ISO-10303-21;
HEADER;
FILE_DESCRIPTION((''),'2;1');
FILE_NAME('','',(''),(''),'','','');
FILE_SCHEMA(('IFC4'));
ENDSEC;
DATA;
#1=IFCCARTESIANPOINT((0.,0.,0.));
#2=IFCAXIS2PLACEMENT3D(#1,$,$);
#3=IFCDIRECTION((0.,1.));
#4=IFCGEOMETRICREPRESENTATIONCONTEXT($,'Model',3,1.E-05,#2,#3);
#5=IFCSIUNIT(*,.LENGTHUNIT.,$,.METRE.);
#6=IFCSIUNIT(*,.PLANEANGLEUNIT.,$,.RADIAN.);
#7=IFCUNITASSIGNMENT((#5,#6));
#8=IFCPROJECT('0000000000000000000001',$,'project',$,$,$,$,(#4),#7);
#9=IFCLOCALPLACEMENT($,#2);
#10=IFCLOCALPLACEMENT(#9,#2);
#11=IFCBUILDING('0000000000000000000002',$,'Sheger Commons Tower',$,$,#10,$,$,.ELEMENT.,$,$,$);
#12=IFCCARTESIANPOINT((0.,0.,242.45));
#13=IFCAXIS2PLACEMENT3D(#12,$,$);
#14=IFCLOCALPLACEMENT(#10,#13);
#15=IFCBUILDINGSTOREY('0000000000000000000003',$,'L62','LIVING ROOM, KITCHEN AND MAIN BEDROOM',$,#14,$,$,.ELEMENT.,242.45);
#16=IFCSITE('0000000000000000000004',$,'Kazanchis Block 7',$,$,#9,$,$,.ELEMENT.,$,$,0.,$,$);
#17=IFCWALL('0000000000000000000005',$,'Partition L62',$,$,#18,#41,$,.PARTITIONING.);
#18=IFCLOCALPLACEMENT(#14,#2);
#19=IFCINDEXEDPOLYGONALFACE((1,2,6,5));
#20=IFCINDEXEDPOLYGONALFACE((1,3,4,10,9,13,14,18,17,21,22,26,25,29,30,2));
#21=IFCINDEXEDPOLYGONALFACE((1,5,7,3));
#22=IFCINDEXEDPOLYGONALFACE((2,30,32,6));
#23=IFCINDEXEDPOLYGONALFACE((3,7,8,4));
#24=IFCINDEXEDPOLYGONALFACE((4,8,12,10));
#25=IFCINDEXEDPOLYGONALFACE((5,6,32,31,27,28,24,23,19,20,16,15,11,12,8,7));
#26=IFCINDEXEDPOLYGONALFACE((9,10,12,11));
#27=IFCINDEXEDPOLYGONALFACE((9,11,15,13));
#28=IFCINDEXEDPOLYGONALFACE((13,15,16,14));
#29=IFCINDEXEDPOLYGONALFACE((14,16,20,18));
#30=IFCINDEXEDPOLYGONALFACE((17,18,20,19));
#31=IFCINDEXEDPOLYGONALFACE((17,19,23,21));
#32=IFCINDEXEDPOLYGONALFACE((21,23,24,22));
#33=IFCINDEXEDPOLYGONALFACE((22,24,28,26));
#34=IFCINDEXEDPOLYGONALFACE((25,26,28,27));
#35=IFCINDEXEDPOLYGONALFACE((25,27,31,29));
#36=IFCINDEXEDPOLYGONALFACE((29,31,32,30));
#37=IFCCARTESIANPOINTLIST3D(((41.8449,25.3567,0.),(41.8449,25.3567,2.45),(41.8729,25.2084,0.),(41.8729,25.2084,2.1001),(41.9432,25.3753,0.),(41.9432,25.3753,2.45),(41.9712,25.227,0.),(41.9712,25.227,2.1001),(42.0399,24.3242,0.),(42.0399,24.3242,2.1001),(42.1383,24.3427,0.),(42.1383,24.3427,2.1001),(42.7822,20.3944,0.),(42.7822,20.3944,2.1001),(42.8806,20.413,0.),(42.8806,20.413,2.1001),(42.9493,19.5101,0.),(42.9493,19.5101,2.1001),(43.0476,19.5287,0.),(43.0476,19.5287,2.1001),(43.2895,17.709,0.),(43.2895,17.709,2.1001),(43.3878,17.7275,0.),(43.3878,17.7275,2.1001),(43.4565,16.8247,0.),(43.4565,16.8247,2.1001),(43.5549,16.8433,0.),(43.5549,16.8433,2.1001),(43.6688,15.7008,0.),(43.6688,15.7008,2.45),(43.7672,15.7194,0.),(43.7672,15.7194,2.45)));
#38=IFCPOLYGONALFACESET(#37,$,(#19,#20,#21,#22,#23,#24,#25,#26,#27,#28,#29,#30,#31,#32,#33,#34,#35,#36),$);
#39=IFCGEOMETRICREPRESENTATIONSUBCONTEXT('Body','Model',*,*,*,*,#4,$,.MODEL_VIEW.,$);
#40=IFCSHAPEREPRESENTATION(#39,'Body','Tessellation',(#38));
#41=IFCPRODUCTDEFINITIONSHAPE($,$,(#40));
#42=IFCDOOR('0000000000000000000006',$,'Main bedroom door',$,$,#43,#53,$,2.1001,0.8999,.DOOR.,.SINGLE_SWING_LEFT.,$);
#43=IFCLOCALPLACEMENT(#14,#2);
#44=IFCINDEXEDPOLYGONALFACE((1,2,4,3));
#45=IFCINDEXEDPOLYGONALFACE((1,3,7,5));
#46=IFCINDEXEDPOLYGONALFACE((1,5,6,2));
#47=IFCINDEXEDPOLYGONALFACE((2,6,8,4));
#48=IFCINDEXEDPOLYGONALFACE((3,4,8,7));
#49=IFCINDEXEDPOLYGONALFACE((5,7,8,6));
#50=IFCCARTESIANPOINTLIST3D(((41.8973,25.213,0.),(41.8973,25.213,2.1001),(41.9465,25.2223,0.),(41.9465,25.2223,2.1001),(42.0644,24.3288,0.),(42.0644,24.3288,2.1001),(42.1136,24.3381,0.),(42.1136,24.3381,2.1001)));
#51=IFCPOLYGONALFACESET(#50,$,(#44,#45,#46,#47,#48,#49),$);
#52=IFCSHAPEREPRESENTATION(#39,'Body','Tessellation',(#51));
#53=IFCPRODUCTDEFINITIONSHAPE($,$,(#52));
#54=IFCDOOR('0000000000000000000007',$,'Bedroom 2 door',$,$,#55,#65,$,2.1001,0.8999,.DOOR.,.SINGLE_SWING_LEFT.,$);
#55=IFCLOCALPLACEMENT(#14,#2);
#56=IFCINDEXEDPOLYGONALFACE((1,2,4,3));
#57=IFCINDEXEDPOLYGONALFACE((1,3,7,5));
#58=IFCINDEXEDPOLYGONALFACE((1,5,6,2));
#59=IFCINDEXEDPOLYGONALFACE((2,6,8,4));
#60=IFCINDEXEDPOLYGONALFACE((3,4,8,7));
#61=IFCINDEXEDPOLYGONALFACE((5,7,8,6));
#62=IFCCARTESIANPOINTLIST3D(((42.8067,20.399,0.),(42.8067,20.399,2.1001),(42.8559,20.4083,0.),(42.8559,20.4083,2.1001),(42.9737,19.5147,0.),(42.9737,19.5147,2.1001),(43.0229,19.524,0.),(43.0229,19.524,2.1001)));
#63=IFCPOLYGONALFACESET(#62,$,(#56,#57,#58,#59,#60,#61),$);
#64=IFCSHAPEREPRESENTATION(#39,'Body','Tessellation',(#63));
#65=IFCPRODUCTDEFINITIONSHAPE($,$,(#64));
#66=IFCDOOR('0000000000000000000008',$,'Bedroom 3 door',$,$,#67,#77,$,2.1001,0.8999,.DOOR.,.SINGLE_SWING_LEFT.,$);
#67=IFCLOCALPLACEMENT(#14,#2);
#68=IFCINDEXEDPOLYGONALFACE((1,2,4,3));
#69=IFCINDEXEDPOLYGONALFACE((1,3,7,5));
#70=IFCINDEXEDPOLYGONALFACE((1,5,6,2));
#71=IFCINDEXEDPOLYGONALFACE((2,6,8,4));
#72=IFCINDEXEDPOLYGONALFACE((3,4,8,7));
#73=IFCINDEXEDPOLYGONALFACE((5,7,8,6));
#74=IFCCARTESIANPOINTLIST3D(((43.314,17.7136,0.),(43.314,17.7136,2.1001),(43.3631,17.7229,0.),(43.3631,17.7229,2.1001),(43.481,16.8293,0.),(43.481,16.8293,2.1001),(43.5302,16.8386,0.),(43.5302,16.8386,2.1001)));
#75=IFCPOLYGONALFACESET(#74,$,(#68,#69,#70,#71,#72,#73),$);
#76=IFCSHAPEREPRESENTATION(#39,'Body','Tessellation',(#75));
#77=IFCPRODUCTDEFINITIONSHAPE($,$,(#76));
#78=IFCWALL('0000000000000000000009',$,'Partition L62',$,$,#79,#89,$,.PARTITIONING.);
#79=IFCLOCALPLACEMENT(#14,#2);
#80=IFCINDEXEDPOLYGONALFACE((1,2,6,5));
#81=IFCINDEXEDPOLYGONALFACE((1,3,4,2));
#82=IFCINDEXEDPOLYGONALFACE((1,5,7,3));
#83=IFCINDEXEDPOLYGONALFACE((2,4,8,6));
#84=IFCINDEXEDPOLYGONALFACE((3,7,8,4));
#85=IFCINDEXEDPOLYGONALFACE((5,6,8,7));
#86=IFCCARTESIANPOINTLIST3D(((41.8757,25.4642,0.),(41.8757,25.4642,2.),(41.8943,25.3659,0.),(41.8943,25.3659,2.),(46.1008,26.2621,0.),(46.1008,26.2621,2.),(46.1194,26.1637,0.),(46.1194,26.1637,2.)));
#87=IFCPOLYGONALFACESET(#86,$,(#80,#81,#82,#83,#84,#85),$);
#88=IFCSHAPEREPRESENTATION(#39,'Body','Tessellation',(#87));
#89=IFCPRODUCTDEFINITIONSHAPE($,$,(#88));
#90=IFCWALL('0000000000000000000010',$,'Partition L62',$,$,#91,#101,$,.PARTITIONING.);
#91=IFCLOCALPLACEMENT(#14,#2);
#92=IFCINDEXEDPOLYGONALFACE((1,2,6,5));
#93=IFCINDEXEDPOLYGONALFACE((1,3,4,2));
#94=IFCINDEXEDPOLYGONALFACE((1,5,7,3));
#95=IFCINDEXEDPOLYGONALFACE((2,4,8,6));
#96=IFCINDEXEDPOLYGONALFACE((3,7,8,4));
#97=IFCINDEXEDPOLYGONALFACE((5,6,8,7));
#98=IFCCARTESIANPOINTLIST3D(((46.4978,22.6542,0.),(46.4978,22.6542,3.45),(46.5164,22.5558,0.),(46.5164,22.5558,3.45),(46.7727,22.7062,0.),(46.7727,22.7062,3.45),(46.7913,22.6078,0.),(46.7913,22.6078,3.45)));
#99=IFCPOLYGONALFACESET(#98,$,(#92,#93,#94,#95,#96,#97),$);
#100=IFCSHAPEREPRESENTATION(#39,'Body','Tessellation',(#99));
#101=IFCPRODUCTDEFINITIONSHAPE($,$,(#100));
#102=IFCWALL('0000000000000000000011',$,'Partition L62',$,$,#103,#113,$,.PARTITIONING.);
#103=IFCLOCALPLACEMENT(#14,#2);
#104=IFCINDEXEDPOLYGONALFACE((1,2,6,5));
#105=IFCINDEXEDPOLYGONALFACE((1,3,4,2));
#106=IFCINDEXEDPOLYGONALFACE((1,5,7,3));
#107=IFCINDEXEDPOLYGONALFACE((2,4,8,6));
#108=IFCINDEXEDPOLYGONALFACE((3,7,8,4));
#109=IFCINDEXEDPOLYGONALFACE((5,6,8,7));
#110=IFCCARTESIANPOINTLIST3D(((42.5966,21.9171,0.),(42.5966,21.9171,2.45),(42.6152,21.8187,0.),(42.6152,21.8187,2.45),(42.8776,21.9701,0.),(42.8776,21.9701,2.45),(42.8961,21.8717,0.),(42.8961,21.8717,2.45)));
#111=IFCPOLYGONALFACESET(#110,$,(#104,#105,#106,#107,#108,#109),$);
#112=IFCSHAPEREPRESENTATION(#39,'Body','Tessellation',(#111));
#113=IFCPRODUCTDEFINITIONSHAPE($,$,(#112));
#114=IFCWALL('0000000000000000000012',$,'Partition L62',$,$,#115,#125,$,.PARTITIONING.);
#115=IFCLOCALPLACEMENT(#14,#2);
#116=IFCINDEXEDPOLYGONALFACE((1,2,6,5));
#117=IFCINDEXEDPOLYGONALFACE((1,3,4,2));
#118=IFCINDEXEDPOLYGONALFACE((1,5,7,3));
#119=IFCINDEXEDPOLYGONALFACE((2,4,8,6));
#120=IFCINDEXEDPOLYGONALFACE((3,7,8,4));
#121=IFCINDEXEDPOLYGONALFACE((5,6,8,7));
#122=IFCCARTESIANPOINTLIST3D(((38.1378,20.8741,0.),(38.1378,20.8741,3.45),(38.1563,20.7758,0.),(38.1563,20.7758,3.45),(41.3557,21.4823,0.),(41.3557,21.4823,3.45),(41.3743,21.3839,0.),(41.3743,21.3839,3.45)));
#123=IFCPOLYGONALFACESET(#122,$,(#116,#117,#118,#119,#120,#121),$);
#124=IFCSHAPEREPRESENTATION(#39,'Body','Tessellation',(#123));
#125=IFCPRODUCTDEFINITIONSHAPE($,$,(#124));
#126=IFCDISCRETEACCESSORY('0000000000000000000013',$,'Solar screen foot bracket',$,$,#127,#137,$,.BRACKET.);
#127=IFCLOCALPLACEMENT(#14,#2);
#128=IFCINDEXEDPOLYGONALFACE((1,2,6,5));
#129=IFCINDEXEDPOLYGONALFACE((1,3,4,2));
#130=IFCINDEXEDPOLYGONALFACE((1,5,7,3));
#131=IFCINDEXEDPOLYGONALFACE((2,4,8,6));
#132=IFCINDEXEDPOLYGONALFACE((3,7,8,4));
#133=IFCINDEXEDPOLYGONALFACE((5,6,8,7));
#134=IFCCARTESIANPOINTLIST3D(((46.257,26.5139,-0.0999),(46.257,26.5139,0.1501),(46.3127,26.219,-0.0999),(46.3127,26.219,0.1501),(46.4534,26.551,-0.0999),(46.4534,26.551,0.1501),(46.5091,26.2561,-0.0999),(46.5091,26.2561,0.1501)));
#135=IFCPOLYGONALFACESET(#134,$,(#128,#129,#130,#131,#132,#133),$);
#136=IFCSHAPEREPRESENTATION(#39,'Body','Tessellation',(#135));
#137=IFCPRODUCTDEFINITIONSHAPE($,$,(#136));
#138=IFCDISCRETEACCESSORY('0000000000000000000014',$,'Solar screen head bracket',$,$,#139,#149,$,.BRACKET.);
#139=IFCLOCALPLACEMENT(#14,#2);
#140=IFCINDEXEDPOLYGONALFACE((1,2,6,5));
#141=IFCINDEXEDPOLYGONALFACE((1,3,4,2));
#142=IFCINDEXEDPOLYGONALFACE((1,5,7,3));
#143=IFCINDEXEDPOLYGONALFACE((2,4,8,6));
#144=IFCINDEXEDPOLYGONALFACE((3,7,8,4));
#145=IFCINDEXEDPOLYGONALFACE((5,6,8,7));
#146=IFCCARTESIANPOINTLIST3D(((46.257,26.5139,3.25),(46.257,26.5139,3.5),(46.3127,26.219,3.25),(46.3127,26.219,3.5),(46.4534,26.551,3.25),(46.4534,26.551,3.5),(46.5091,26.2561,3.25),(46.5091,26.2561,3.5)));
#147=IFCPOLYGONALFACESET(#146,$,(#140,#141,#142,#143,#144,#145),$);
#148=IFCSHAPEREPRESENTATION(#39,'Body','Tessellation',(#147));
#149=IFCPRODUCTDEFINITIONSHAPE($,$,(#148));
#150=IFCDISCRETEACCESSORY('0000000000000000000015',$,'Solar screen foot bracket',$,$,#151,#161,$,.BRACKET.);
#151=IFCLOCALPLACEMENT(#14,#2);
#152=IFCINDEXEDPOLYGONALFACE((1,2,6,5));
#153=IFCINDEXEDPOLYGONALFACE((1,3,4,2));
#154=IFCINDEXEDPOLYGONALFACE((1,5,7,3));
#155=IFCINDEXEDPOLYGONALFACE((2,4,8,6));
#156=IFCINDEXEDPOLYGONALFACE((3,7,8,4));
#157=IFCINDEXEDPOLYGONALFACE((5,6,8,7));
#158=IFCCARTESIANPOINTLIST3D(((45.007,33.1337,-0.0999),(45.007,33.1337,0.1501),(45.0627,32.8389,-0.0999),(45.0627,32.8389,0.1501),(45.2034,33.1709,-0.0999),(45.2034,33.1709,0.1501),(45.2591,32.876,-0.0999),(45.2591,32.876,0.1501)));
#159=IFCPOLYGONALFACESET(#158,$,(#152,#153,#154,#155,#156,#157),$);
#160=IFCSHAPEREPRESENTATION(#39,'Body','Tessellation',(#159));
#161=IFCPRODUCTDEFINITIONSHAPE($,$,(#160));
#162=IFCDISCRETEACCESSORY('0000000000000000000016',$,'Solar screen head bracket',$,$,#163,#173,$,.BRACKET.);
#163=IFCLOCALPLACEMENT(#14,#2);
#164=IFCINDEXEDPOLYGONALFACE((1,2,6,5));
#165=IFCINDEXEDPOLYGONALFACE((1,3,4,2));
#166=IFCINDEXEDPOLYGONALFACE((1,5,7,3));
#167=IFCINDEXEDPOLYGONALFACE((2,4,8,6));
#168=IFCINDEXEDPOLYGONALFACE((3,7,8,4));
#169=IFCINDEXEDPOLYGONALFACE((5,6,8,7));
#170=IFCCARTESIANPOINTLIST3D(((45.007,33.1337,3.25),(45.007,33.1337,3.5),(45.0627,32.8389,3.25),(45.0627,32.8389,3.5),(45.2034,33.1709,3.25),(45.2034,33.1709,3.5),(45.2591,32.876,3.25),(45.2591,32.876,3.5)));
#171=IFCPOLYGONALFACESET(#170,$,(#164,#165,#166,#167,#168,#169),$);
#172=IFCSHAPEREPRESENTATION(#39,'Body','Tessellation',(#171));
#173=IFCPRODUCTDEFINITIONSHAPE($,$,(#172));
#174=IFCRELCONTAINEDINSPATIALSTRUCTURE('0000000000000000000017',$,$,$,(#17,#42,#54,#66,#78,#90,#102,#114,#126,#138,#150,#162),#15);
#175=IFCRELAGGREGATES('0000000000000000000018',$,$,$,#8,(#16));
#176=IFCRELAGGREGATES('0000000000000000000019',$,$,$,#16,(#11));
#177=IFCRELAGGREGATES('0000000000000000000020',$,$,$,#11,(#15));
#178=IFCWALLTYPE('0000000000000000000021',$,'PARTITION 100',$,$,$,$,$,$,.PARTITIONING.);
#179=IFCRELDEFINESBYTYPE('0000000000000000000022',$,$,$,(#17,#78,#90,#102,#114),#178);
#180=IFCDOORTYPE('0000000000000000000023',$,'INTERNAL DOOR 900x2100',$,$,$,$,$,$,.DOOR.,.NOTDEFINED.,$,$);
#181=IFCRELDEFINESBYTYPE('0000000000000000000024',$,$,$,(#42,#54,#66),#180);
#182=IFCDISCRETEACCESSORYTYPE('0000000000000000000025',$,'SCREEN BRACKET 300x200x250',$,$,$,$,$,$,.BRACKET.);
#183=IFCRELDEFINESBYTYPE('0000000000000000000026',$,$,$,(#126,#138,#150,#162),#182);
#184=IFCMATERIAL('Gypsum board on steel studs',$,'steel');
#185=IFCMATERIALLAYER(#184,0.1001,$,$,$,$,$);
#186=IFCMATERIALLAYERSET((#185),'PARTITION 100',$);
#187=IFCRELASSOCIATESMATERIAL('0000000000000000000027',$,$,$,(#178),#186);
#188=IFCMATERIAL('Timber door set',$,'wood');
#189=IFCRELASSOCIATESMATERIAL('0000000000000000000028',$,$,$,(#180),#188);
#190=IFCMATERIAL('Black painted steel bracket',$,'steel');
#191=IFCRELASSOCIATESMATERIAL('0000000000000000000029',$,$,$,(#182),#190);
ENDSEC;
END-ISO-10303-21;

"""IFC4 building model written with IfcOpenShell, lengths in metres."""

from ifc_helpers import new_model, si_unit, direction, frame, frame_2d, origin, origin_2d, place, context, subcontext, project, spatial, rectangle, extrude, material, layer, layer_set, type_object, element, fill, save


model = new_model("IFC4")

# Units and contexts
model_context = context("Model", 3, precision=1e-05, world=origin(), true_north=direction((0.0, 1.0)))
body_context = subcontext(model_context, "Body", "Model", "MODEL_VIEW")
ifc_project = project(units=[si_unit("LENGTHUNIT", "METRE"), si_unit("PLANEANGLEUNIT", "RADIAN")], contexts=[model_context])

# Site, building, storey
site_placement = place(None, origin())
site = spatial("IfcSite", under=ifc_project, at=site_placement, Name="Kazanchis Block 7", CompositionType="ELEMENT", RefElevation=0.0)
building_placement = place(site_placement, origin())
building = spatial("IfcBuilding", under=site, at=building_placement, Name="Sheger Commons Tower", CompositionType="ELEMENT")
storey_placement = place(building_placement, frame((0.0, 0.0, 242.45)))
storey = spatial("IfcBuildingStorey", under=building, at=storey_placement, Name="L62", Description="LIVING ROOM, KITCHEN AND MAIN BEDROOM", CompositionType="ELEMENT", Elevation=242.45)

# Shared definitions
ifc_material_1 = material(Name="Gypsum board on steel studs", Category="steel")
ifc_layer_1 = layer(ifc_material_1, 0.1001)
ifc_layer_set_1 = layer_set([ifc_layer_1], Name="PARTITION 100")
wall_type_1 = type_object("IfcWallType", Name="PARTITION 100", PredefinedType="PARTITIONING", material=ifc_layer_set_1)

# Wall, openings, doors
wall_1_placement = place(storey_placement, frame((41.894, 25.366, 0.0), z_axis=(0.0, 0.0, 1.0), x_axis=(0.185613, -0.982623, 0.0)))
wall_1 = element("IfcWall", 1, at=wall_1_placement, inside=storey, type_object=wall_type_1, Name="Partition L62", PredefinedType="PARTITIONING", context=body_context, shape_type="SweptSolid", body=[
    extrude(rectangle(XDim=9.8267, YDim=0.1001, at=frame_2d((4.9133, 0.0))), origin(), (0.0, 0.0, 1.0), 2.45),
])
opening_1_placement = place(wall_1_placement, frame((0.1509, 0.0, 0.0)))
opening_1 = element("IfcOpeningElement", 2, at=opening_1_placement, cuts=wall_1, PredefinedType="OPENING", context=body_context, shape_type="SweptSolid", body=[
    extrude(rectangle(XDim=0.8999, YDim=2.1001, at=frame_2d((0.45, 1.05))), frame((0.0, 0.0601, 0.0), z_axis=(0.0, -1.0, 0.0), x_axis=(1.0, 0.0, 0.0)), (0.0, 0.0, 1.0), 0.1201),
])
opening_2_placement = place(wall_1_placement, frame((5.05, 0.0, 0.0)))
opening_2 = element("IfcOpeningElement", 3, at=opening_2_placement, cuts=wall_1, PredefinedType="OPENING", context=body_context, shape_type="SweptSolid", body=[
    extrude(rectangle(XDim=0.8999, YDim=2.1001, at=frame_2d((0.45, 1.05))), frame((0.0, 0.0601, 0.0), z_axis=(0.0, -1.0, 0.0), x_axis=(1.0, 0.0, 0.0)), (0.0, 0.0, 1.0), 0.1201),
])
opening_3_placement = place(wall_1_placement, frame((7.783, 0.0, 0.0)))
opening_3 = element("IfcOpeningElement", 4, at=opening_3_placement, cuts=wall_1, PredefinedType="OPENING", context=body_context, shape_type="SweptSolid", body=[
    extrude(rectangle(XDim=0.8999, YDim=2.1001, at=frame_2d((0.45, 1.05))), frame((0.0, 0.0601, 0.0), z_axis=(0.0, -1.0, 0.0), x_axis=(1.0, 0.0, 0.0)), (0.0, 0.0, 1.0), 0.1201),
])
ifc_material_2 = material(Name="Timber door set", Category="wood")
door_type = type_object("IfcDoorType", Name="INTERNAL DOOR 900x2100", OperationType="NOTDEFINED", PredefinedType="DOOR", material=ifc_material_2)
door_1_placement = place(opening_1_placement, origin())
door_1 = element("IfcDoor", 5, at=door_1_placement, inside=storey, type_object=door_type, Name="Main bedroom door", OperationType="SINGLE_SWING_LEFT", OverallHeight=2.1001, OverallWidth=0.8999, PredefinedType="DOOR", context=body_context, shape_type="SweptSolid", body=[
    extrude(rectangle(XDim=0.8999, YDim=2.1001, at=frame_2d((0.45, 1.05))), frame((0.0, 0.0249, 0.0), z_axis=(0.0, -1.0, 0.0), x_axis=(1.0, 0.0, 0.0)), (0.0, 0.0, 1.0), 0.05),
])
fill(opening_1, door_1)
door_2_placement = place(opening_2_placement, origin())
door_2 = element("IfcDoor", 6, at=door_2_placement, inside=storey, type_object=door_type, Name="Bedroom 2 door", OperationType="SINGLE_SWING_LEFT", OverallHeight=2.1001, OverallWidth=0.8999, PredefinedType="DOOR", context=body_context, shape_type="SweptSolid", body=[
    extrude(rectangle(XDim=0.8999, YDim=2.1001, at=frame_2d((0.45, 1.05))), frame((0.0, 0.0249, 0.0), z_axis=(0.0, -1.0, 0.0), x_axis=(1.0, 0.0, 0.0)), (0.0, 0.0, 1.0), 0.05),
])
fill(opening_2, door_2)
door_3_placement = place(opening_3_placement, origin())
door_3 = element("IfcDoor", 7, at=door_3_placement, inside=storey, type_object=door_type, Name="Bedroom 3 door", OperationType="SINGLE_SWING_LEFT", OverallHeight=2.1001, OverallWidth=0.8999, PredefinedType="DOOR", context=body_context, shape_type="SweptSolid", body=[
    extrude(rectangle(XDim=0.8999, YDim=2.1001, at=frame_2d((0.45, 1.05))), frame((0.0, 0.0249, 0.0), z_axis=(0.0, -1.0, 0.0), x_axis=(1.0, 0.0, 0.0)), (0.0, 0.0, 1.0), 0.05),
])
fill(opening_3, door_3)

# Walls
wall_2_placement = place(storey_placement, frame((46.1101, 26.2129, 0.0), z_axis=(0.0, 0.0, 1.0), x_axis=(-0.982634, -0.185557, 0.0)))
element("IfcWall", 8, at=wall_2_placement, inside=storey, type_object=wall_type_1, Name="Partition L62", PredefinedType="PARTITIONING", context=body_context, shape_type="SweptSolid", body=[
    extrude(rectangle(XDim=4.2998, YDim=0.1001, at=frame_2d((2.1499, 0.0))), origin(), (0.0, 0.0, 1.0), 2.0),
])
wall_3_placement = place(storey_placement, frame((46.782, 22.657, 0.0), z_axis=(0.0, 0.0, 1.0), x_axis=(-0.982575, -0.185869, 0.0)))
element("IfcWall", 9, at=wall_3_placement, inside=storey, type_object=wall_type_1, Name="Partition L62", PredefinedType="PARTITIONING", context=body_context, shape_type="SweptSolid", body=[
    extrude(rectangle(XDim=0.2798, YDim=0.1001, at=frame_2d((0.1399, 0.0))), origin(), (0.0, 0.0, 1.0), 3.45),
])
wall_4_placement = place(storey_placement, frame((42.887, 21.9209, 0.0), z_axis=(0.0, 0.0, 1.0), x_axis=(-0.982688, -0.185268, 0.0)))
element("IfcWall", 10, at=wall_4_placement, inside=storey, type_object=wall_type_1, Name="Partition L62", PredefinedType="PARTITIONING", context=body_context, shape_type="SweptSolid", body=[
    extrude(rectangle(XDim=0.2859, YDim=0.1001, at=frame_2d((0.1431, 0.0))), origin(), (0.0, 0.0, 1.0), 2.45),
])
wall_5_placement = place(storey_placement, frame((41.365, 21.4331, 0.0), z_axis=(0.0, 0.0, 1.0), x_axis=(-0.982607, -0.185697, 0.0)))
element("IfcWall", 11, at=wall_5_placement, inside=storey, type_object=wall_type_1, Name="Partition L62", PredefinedType="PARTITIONING", context=body_context, shape_type="SweptSolid", body=[
    extrude(rectangle(XDim=3.2749, YDim=0.1001, at=frame_2d((1.6375, 0.0))), origin(), (0.0, 0.0, 1.0), 3.45),
])

# Discrete accessories
ifc_material_3 = material(Name="Black painted steel bracket", Category="steel")
discrete_accessory_type = type_object("IfcDiscreteAccessoryType", Name="SCREEN BRACKET 300x200x250", PredefinedType="BRACKET", material=ifc_material_3)
for number, where, z_axis, x_axis, name in (
    (12, (46.3831, 26.385, -0.0999), (0.0, 0.0, 1.0), (-0.185615, 0.982623, 0.0), "Solar screen foot bracket"),
    (13, (46.3831, 26.385, 3.25), (0.0, 0.0, 1.0), (-0.185615, 0.982623, 0.0), "Solar screen head bracket"),
    (14, (45.1331, 33.0049, -0.0999), (0.0, 0.0, 1.0), (-0.185615, 0.982623, 0.0), "Solar screen foot bracket"),
    (15, (45.1331, 33.0049, 3.25), (0.0, 0.0, 1.0), (-0.185615, 0.982623, 0.0), "Solar screen head bracket"),
):
    element("IfcDiscreteAccessory", number, at=place(storey_placement, frame(where, z_axis=z_axis, x_axis=x_axis)), inside=storey, type_object=discrete_accessory_type, Name=name, PredefinedType="BRACKET", context=body_context, shape_type="SweptSolid", body=[
        extrude(rectangle(XDim=0.3, YDim=0.2, at=origin_2d()), origin(), (0.0, 0.0, 1.0), 0.25),
    ])

save(model, "model.ifc")
